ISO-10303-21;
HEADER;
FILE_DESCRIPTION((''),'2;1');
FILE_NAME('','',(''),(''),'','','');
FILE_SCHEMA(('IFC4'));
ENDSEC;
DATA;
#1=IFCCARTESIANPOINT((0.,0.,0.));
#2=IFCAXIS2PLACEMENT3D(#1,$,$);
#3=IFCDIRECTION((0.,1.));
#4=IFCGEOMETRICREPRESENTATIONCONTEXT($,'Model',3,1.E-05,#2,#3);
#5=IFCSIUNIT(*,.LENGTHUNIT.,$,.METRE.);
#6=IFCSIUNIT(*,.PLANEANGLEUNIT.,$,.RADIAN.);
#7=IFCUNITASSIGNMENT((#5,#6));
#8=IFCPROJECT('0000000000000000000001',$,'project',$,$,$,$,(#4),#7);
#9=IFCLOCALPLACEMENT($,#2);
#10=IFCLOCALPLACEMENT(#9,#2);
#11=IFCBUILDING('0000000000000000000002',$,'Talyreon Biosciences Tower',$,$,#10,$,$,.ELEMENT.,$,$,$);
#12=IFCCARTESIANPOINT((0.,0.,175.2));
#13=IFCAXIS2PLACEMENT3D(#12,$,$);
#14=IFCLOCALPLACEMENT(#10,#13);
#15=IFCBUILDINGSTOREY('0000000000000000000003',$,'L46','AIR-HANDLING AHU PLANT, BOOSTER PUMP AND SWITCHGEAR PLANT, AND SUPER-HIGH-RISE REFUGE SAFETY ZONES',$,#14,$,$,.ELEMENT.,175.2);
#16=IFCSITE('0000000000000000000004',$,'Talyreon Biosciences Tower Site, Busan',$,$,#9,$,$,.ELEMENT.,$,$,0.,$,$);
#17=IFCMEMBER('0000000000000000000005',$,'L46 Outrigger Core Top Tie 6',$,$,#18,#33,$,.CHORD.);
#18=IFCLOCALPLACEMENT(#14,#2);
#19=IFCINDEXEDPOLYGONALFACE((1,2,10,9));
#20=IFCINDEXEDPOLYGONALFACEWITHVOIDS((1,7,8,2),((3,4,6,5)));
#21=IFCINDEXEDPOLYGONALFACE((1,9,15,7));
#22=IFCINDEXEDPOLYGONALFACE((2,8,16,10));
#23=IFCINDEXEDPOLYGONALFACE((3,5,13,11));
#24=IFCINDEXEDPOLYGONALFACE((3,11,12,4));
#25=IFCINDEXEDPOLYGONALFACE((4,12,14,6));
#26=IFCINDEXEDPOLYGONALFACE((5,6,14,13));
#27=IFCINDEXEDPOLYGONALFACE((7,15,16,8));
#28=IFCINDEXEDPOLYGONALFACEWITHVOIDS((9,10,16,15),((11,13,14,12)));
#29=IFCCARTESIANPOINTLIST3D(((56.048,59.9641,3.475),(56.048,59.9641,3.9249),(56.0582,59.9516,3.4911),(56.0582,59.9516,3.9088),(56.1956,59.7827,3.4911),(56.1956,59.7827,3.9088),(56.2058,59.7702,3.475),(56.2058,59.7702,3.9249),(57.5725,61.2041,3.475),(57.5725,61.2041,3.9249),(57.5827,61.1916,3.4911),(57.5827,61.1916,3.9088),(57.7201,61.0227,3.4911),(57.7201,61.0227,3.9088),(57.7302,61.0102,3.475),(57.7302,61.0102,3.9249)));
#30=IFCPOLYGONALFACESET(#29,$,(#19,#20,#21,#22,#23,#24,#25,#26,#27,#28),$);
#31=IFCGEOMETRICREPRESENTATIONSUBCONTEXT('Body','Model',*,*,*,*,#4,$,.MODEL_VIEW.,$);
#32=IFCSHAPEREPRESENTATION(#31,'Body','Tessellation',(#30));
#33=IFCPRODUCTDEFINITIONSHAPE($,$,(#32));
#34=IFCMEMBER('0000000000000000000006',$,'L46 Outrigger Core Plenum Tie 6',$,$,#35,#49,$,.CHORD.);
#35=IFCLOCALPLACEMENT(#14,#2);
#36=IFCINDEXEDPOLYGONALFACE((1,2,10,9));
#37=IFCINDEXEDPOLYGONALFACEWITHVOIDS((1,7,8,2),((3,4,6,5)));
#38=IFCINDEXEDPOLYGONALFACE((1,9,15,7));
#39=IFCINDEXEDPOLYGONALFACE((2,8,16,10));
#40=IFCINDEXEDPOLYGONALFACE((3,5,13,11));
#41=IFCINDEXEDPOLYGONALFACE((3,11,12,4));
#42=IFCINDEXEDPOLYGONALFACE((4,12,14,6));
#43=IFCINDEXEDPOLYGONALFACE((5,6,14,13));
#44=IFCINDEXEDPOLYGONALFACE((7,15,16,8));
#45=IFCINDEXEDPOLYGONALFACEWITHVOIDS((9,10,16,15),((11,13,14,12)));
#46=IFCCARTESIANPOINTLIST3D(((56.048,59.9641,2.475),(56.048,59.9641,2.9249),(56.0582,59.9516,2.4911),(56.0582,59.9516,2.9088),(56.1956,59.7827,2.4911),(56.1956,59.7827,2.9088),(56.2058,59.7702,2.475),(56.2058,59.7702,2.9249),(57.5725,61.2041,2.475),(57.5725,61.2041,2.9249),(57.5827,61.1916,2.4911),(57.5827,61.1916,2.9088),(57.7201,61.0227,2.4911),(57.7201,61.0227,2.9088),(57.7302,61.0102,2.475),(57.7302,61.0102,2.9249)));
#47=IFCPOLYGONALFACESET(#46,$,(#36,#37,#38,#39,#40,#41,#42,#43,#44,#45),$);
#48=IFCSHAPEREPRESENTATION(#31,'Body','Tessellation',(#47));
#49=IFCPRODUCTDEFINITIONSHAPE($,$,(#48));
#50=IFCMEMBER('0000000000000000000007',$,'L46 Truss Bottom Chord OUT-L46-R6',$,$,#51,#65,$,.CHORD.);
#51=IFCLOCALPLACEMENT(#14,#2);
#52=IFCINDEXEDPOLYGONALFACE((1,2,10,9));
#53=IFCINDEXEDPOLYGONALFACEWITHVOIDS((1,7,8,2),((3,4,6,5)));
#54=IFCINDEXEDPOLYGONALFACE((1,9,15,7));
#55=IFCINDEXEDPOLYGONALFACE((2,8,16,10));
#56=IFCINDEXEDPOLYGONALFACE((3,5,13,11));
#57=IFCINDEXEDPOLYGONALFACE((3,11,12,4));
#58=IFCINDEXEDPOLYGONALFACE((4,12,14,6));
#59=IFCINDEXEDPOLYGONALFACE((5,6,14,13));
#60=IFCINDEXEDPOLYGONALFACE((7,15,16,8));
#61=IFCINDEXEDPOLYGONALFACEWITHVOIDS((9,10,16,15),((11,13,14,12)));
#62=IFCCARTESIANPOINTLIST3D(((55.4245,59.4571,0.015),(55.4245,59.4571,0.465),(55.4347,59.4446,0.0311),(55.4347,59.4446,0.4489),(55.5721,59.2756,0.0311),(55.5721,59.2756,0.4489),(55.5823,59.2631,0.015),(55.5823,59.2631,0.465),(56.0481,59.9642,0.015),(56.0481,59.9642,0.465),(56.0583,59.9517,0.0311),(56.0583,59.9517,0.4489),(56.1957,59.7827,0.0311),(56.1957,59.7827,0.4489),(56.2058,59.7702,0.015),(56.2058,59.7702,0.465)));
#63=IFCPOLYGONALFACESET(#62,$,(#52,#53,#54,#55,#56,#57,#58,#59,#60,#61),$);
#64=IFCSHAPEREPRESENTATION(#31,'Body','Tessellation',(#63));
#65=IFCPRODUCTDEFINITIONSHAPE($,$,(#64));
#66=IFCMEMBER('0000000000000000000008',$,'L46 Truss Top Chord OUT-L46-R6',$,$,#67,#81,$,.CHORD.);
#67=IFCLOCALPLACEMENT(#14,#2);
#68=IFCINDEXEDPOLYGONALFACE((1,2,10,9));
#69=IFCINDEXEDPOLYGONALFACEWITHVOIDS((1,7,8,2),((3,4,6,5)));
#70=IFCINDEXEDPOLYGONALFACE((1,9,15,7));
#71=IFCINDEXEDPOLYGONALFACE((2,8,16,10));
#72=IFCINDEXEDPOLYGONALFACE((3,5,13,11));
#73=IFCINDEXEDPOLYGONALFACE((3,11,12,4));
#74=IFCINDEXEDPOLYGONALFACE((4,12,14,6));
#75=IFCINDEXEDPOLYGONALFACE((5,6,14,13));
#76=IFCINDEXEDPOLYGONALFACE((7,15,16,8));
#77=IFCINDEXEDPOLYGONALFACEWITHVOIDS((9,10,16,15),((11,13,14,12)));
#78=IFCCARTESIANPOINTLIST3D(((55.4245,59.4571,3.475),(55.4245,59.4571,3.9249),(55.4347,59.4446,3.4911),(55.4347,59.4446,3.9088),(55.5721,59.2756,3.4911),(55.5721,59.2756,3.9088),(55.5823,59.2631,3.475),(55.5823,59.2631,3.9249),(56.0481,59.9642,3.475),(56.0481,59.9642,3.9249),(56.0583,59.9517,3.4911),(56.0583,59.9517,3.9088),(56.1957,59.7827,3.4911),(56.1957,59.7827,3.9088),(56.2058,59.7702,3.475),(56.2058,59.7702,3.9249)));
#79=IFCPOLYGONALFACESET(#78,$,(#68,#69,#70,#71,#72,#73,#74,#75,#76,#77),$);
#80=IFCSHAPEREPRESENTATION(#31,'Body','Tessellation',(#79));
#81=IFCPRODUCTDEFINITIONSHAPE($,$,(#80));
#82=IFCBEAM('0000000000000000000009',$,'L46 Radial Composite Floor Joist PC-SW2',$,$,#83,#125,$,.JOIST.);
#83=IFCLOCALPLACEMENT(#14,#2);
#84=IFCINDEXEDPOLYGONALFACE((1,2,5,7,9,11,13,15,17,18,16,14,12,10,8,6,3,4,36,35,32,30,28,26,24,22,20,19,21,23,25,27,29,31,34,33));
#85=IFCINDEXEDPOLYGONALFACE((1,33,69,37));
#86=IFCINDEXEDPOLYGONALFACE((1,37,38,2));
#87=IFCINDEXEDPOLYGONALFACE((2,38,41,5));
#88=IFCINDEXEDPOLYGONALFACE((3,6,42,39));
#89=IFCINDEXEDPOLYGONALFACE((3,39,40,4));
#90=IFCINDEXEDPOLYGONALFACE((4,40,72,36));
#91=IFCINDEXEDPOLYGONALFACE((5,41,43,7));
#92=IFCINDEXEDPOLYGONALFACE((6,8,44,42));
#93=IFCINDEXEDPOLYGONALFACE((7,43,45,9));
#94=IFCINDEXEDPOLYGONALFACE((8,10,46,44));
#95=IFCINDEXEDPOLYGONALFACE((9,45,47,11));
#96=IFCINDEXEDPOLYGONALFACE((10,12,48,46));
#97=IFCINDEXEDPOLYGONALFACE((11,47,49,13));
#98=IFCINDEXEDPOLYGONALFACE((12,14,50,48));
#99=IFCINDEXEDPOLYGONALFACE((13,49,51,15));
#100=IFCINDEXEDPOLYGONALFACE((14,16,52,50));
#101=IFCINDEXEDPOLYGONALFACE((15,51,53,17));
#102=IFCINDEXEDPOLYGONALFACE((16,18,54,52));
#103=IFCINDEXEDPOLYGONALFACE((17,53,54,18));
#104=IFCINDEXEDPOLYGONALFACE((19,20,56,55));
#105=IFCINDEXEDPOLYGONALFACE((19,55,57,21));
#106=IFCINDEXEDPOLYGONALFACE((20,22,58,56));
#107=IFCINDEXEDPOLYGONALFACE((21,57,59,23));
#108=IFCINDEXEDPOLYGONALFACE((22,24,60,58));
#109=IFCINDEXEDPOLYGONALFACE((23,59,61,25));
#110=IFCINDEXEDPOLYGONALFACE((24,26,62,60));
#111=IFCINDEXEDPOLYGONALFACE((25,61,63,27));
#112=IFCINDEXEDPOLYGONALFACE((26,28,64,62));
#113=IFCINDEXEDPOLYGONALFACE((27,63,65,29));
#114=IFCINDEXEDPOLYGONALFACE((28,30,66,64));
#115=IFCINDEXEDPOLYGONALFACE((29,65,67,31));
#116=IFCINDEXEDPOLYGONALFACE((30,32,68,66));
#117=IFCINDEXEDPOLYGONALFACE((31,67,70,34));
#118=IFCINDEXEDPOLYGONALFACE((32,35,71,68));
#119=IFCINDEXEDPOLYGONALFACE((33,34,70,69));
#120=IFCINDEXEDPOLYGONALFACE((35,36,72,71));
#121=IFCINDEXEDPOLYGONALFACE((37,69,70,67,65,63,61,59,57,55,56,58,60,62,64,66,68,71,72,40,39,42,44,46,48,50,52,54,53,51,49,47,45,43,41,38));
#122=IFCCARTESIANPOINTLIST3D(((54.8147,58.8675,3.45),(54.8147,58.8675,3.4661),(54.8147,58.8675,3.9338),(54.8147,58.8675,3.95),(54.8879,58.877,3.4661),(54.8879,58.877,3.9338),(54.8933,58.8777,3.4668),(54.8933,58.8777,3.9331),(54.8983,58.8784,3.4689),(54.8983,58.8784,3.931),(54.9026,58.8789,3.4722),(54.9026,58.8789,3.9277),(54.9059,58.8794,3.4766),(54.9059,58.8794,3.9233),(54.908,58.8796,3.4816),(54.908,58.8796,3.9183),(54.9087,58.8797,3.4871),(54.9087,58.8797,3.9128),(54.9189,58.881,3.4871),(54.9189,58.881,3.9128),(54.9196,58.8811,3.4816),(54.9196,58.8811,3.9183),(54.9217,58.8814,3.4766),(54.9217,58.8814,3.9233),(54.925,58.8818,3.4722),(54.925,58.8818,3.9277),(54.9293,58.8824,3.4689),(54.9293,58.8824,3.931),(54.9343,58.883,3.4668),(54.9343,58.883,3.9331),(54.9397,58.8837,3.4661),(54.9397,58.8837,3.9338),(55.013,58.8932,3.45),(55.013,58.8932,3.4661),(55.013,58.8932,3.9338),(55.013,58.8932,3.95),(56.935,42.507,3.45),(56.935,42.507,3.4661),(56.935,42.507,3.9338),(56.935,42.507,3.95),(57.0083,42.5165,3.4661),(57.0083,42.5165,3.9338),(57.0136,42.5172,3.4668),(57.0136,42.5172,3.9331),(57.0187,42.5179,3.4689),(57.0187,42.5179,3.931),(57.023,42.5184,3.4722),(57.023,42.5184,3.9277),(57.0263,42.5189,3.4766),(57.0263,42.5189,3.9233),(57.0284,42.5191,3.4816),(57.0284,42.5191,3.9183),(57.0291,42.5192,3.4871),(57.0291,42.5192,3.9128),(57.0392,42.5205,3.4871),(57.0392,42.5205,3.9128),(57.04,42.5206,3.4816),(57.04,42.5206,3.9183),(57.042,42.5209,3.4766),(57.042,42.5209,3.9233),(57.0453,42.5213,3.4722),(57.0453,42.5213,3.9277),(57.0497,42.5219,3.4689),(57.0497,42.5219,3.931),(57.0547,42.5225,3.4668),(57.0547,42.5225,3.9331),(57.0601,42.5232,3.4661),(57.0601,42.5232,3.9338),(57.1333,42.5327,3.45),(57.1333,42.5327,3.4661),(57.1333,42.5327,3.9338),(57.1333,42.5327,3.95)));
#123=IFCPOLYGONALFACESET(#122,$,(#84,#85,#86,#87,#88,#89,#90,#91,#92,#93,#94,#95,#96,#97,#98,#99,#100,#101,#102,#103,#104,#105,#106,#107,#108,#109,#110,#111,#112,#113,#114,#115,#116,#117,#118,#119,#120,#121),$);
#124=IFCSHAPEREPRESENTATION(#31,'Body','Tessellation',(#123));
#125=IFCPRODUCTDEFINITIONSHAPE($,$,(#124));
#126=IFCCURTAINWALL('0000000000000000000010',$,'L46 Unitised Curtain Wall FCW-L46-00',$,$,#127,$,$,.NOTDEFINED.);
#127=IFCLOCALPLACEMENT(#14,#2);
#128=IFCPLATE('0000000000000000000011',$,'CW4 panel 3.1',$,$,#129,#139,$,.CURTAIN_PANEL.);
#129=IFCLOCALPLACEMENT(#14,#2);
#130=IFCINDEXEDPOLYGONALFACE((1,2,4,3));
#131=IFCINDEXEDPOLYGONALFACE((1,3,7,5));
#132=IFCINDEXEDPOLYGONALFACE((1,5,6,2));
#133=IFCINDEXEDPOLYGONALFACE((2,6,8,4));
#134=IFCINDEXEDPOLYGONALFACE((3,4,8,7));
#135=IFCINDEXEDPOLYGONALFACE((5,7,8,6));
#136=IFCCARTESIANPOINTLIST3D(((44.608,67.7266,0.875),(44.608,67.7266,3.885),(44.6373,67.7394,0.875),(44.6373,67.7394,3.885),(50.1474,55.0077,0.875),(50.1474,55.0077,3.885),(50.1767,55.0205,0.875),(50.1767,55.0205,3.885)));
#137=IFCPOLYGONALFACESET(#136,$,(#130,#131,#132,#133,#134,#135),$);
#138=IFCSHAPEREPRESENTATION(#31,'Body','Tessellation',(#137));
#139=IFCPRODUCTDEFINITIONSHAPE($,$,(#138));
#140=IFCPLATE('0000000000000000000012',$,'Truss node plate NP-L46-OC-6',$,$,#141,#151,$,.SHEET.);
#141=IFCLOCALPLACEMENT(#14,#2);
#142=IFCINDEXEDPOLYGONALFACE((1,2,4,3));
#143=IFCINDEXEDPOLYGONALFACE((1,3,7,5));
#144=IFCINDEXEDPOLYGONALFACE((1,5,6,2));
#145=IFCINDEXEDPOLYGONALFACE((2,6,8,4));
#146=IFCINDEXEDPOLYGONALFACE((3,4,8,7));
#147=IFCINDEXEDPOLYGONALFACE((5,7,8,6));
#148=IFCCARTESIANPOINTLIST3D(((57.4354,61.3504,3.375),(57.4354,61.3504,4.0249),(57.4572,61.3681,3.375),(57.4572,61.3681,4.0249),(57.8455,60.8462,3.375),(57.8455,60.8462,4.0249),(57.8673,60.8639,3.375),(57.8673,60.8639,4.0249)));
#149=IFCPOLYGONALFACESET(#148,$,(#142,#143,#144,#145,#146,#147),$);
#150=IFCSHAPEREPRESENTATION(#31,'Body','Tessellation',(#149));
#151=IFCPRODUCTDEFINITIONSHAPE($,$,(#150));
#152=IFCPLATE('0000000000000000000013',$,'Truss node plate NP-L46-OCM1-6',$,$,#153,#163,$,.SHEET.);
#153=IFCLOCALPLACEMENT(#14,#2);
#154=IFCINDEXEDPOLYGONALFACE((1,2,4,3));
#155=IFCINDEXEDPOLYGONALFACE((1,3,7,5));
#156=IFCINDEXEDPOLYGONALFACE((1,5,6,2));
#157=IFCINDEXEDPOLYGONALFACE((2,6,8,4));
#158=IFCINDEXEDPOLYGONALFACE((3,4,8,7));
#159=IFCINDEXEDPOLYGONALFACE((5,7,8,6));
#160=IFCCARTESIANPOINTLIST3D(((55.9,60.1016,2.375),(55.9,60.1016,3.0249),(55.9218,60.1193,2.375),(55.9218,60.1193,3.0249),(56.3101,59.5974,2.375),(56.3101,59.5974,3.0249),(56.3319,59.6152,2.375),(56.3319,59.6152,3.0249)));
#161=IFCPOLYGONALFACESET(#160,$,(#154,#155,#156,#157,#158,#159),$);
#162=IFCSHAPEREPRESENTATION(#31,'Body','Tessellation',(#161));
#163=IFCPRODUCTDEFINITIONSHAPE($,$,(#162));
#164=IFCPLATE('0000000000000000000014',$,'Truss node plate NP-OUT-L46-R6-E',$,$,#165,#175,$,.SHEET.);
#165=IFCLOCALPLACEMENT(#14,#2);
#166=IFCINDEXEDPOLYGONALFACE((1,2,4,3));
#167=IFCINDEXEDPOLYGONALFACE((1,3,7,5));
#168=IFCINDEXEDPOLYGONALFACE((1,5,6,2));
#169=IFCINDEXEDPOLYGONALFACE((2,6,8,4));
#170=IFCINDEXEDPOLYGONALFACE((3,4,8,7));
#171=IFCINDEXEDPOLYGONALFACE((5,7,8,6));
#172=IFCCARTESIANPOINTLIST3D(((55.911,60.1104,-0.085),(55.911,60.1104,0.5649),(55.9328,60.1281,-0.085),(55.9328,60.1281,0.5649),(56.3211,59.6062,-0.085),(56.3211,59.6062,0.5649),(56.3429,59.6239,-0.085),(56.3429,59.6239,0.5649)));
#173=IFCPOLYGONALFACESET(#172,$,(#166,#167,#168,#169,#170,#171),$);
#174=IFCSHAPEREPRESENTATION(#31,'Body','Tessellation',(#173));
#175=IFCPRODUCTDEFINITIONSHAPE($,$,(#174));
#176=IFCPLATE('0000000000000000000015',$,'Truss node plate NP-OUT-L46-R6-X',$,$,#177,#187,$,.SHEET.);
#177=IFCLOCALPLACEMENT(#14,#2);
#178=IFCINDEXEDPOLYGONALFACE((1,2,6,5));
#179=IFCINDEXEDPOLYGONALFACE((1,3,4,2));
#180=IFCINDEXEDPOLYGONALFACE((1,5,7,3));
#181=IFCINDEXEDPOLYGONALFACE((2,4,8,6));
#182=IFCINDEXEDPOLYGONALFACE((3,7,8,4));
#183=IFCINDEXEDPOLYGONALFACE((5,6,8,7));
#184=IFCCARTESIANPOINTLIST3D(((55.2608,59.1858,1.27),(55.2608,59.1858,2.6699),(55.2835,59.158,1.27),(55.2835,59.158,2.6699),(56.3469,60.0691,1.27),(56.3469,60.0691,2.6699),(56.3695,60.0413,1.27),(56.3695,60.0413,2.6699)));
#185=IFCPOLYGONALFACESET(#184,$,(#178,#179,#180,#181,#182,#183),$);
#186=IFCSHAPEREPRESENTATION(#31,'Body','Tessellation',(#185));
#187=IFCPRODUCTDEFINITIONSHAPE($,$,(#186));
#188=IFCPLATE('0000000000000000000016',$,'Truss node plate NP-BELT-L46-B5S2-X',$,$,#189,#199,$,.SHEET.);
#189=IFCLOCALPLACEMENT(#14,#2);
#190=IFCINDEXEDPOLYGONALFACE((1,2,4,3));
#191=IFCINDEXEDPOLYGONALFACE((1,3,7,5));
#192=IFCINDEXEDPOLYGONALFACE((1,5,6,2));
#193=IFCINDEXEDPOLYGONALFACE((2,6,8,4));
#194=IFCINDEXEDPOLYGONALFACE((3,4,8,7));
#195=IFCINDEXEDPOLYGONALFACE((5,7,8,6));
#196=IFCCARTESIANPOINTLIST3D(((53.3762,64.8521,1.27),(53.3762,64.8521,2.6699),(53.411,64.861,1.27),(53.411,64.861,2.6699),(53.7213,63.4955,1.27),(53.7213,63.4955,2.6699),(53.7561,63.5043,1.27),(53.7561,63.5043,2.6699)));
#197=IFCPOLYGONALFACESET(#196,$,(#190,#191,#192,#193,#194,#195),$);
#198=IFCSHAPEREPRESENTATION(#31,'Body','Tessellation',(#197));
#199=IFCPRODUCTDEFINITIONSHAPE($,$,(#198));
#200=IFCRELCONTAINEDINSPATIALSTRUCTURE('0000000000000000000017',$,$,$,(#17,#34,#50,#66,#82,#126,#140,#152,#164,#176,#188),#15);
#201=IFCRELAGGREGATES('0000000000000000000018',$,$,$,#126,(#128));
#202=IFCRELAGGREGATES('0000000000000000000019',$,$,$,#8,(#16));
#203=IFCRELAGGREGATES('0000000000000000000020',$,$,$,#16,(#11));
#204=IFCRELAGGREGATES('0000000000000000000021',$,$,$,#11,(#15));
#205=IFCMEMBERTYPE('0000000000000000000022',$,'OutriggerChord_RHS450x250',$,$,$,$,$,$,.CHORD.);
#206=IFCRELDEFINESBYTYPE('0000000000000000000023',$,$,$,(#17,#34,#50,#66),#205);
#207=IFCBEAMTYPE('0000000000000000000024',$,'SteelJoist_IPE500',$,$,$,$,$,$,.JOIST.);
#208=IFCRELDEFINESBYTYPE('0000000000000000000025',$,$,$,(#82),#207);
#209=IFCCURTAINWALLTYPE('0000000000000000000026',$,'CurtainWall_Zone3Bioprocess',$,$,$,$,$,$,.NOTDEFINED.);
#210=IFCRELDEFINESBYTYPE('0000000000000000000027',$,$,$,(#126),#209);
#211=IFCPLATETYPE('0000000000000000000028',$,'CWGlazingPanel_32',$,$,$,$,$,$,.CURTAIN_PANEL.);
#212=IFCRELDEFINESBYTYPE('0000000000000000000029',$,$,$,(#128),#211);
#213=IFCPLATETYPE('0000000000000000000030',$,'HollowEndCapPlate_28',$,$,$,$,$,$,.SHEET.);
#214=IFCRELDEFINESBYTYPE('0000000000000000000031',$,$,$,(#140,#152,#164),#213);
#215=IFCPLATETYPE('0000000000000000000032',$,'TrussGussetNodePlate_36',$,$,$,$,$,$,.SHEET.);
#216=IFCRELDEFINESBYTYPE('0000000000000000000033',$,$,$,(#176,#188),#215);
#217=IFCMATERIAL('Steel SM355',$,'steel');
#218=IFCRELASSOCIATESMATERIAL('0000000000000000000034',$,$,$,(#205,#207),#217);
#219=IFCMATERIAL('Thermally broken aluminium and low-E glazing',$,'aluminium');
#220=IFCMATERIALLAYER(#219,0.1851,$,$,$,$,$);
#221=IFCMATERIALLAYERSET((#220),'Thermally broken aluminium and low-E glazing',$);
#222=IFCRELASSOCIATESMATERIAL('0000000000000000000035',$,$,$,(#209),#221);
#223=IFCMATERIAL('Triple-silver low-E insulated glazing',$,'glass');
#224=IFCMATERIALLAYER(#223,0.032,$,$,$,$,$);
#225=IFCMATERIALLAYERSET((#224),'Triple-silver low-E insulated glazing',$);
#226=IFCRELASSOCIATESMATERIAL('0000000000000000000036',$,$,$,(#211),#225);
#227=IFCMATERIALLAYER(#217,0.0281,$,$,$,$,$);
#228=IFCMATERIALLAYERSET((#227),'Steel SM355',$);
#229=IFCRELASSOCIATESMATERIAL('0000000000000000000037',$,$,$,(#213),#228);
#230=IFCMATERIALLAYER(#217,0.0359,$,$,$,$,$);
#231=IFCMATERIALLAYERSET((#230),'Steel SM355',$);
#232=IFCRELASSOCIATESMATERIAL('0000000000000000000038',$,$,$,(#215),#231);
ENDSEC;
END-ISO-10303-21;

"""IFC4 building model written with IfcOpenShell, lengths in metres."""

from ifc_helpers import new_model, si_unit, direction, frame, origin, origin_2d, place, context, subcontext, project, spatial, rectangle, hollow_rectangle, i_section, extrude, material, layer, layer_set, material_profile, profile_set, type_object, element, aggregate, save


model = new_model("IFC4")

# Units and contexts
model_context = context("Model", 3, precision=1e-05, world=origin(), true_north=direction((0.0, 1.0)))
body_context = subcontext(model_context, "Body", "Model", "MODEL_VIEW")
ifc_project = project(units=[si_unit("LENGTHUNIT", "METRE"), si_unit("PLANEANGLEUNIT", "RADIAN")], contexts=[model_context])

# Site, building, storey
site_placement = place(None, origin())
site = spatial("IfcSite", under=ifc_project, at=site_placement, Name="Talyreon Biosciences Tower Site, Busan", CompositionType="ELEMENT", RefElevation=0.0)
building_placement = place(site_placement, origin())
building = spatial("IfcBuilding", under=site, at=building_placement, Name="Talyreon Biosciences Tower", CompositionType="ELEMENT")
storey_placement = place(building_placement, frame((0.0, 0.0, 175.2)))
storey = spatial("IfcBuildingStorey", under=building, at=storey_placement, Name="L46", Description="AIR-HANDLING AHU PLANT, BOOSTER PUMP AND SWITCHGEAR PLANT, AND SUPER-HIGH-RISE REFUGE SAFETY ZONES", CompositionType="ELEMENT", Elevation=175.2)

# Shared definitions
ifc_material_1 = material(Name="Steel SM355", Category="steel")

# Members
ifc_material_profile_1 = material_profile(ifc_material_1, hollow_rectangle(XDim=0.25, YDim=0.45, WallThickness=0.0161, at=origin_2d()), Name="RHS 450x250x16")
ifc_profile_set_1 = profile_set([ifc_material_profile_1], Name="Steel SM355")
member_type_1 = type_object("IfcMemberType", Name="OutriggerChord_RHS450x250", PredefinedType="CHORD", material=ifc_profile_set_1)
for number, where, z_axis, x_axis, name in (
    (1, (57.6514, 61.1072, 3.7), (-0.775764, -0.631023, 0.0), (0.631023, -0.775764, 0.0), "L46 Outrigger Core Top Tie 6"),
    (2, (57.6514, 61.1072, 2.7), (-0.775764, -0.631023, 0.0), (0.631023, -0.775764, 0.0), "L46 Outrigger Core Plenum Tie 6"),
):
    element("IfcMember", number, at=place(storey_placement, frame(where, z_axis=z_axis, x_axis=x_axis)), inside=storey, type_object=member_type_1, Name=name, PredefinedType="CHORD", context=body_context, shape_type="SweptSolid", body=[
        extrude(hollow_rectangle(XDim=0.25, YDim=0.45, WallThickness=0.0161, at=origin_2d()), origin(), (0.0, 0.0, 1.0), 1.9651),
    ])
for number, where, z_axis, x_axis, name in (
    (3, (56.127, 59.8672, 0.24), (-0.775835, -0.630936, 0.0), (0.630936, -0.775835, 0.0), "L46 Truss Bottom Chord OUT-L46-R6"),
    (4, (56.127, 59.8672, 3.7), (-0.775835, -0.630936, 0.0), (0.630936, -0.775835, 0.0), "L46 Truss Top Chord OUT-L46-R6"),
):
    element("IfcMember", number, at=place(storey_placement, frame(where, z_axis=z_axis, x_axis=x_axis)), inside=storey, type_object=member_type_1, Name=name, PredefinedType="CHORD", context=body_context, shape_type="SweptSolid", body=[
        extrude(hollow_rectangle(XDim=0.25, YDim=0.45, WallThickness=0.0161, at=origin_2d()), origin(), (0.0, 0.0, 1.0), 0.8037),
    ])

# Beam
ifc_material_profile_2 = material_profile(ifc_material_1, i_section(OverallWidth=0.2, OverallDepth=0.5, WebThickness=0.0103, FlangeThickness=0.0161, FilletRadius=0.021, at=origin_2d()), Name="IPE500")
ifc_profile_set_2 = profile_set([ifc_material_profile_2], Name="Steel SM355")
beam_type_1 = type_object("IfcBeamType", Name="SteelJoist_IPE500", PredefinedType="JOIST", material=ifc_profile_set_2)
beam_1_placement = place(storey_placement, frame((54.9138, 58.8804, 3.7), z_axis=(0.128527, -0.991706, 0.0), x_axis=(0.991706, 0.128527, 0.0)))
element("IfcBeam", 5, at=beam_1_placement, inside=storey, type_object=beam_type_1, Name="L46 Radial Composite Floor Joist PC-SW2", PredefinedType="JOIST", context=body_context, shape_type="SweptSolid", body=[
    extrude(i_section(OverallWidth=0.2, OverallDepth=0.5, WebThickness=0.0103, FlangeThickness=0.0161, FilletRadius=0.021, at=origin_2d()), origin(), (0.0, 0.0, 1.0), 16.4973),
])

# Curtain wall, plate
ifc_material_2 = material(Name="Thermally broken aluminium and low-E glazing", Category="aluminium")
ifc_layer_1 = layer(ifc_material_2, 0.1851)
ifc_layer_set_1 = layer_set([ifc_layer_1], Name="Thermally broken aluminium and low-E glazing")
curtain_wall_type = type_object("IfcCurtainWallType", Name="CurtainWall_Zone3Bioprocess", PredefinedType="NOTDEFINED", material=ifc_layer_set_1)
curtain_wall_placement = place(storey_placement, origin())
curtain_wall = element("IfcCurtainWall", 6, at=curtain_wall_placement, inside=storey, type_object=curtain_wall_type, Name="L46 Unitised Curtain Wall FCW-L46-00", PredefinedType="NOTDEFINED")
ifc_material_3 = material(Name="Triple-silver low-E insulated glazing", Category="glass")
ifc_layer_2 = layer(ifc_material_3, 0.032)
ifc_layer_set_2 = layer_set([ifc_layer_2], Name="Triple-silver low-E insulated glazing")
plate_type_1 = type_object("IfcPlateType", Name="CWGlazingPanel_32", PredefinedType="CURTAIN_PANEL", material=ifc_layer_set_2)
plate_placement = place(storey_placement, frame((47.3923, 61.3735, 0.875), z_axis=(0.0, 0.0, 1.0), x_axis=(-0.3993, 0.91682, 0.0)))
plate = element("IfcPlate", 7, at=plate_placement, type_object=plate_type_1, Name="CW4 panel 3.1", PredefinedType="CURTAIN_PANEL", context=body_context, shape_type="SweptSolid", body=[
    extrude(rectangle(XDim=13.8728, YDim=0.032, at=origin_2d()), origin(), (0.0, 0.0, 1.0), 3.01),
])
aggregate(curtain_wall, [plate])

# Plates
ifc_layer_3 = layer(ifc_material_1, 0.0281)
ifc_layer_set_3 = layer_set([ifc_layer_3], Name="Steel SM355")
plate_type_2 = type_object("IfcPlateType", Name="HollowEndCapPlate_28", PredefinedType="SHEET", material=ifc_layer_set_3)
for number, where, z_axis, x_axis, name in (
    (8, (57.6514, 61.1072, 3.375), (0.0, 0.0, 1.0), (0.631001, -0.775782, 0.0), "Truss node plate NP-L46-OC-6"),
    (9, (56.116, 59.8584, 2.375), (0.0, 0.0, 1.0), (0.631001, -0.775782, 0.0), "Truss node plate NP-L46-OCM1-6"),
    (10, (56.127, 59.8672, -0.085), (0.0, 0.0, 1.0), (0.630974, -0.775804, 0.0), "Truss node plate NP-OUT-L46-R6-E"),
):
    element("IfcPlate", number, at=place(storey_placement, frame(where, z_axis=z_axis, x_axis=x_axis)), inside=storey, type_object=plate_type_2, Name=name, PredefinedType="SHEET", context=body_context, shape_type="SweptSolid", body=[
        extrude(rectangle(XDim=0.6499, YDim=0.0281, at=origin_2d()), origin(), (0.0, 0.0, 1.0), 0.6499),
    ])
ifc_layer_4 = layer(ifc_material_1, 0.0359)
ifc_layer_set_4 = layer_set([ifc_layer_4], Name="Steel SM355")
plate_type_3 = type_object("IfcPlateType", Name="TrussGussetNodePlate_36", PredefinedType="SHEET", material=ifc_layer_set_4)
for number, where, z_axis, x_axis, name in (
    (11, (55.8152, 59.6135, 1.27), (0.0, 0.0, 1.0), (-0.775804, -0.630974, 0.0), "Truss node plate NP-OUT-L46-R6-X"),
    (12, (53.5662, 64.1782, 1.27), (0.0, 0.0, 1.0), (0.246542, -0.969132, 0.0), "Truss node plate NP-BELT-L46-B5S2-X"),
):
    element("IfcPlate", number, at=place(storey_placement, frame(where, z_axis=z_axis, x_axis=x_axis)), inside=storey, type_object=plate_type_3, Name=name, PredefinedType="SHEET", context=body_context, shape_type="SweptSolid", body=[
        extrude(rectangle(XDim=1.3999, YDim=0.0359, at=origin_2d()), origin(), (0.0, 0.0, 1.0), 1.3999),
    ])

save(model, "model.ifc")
